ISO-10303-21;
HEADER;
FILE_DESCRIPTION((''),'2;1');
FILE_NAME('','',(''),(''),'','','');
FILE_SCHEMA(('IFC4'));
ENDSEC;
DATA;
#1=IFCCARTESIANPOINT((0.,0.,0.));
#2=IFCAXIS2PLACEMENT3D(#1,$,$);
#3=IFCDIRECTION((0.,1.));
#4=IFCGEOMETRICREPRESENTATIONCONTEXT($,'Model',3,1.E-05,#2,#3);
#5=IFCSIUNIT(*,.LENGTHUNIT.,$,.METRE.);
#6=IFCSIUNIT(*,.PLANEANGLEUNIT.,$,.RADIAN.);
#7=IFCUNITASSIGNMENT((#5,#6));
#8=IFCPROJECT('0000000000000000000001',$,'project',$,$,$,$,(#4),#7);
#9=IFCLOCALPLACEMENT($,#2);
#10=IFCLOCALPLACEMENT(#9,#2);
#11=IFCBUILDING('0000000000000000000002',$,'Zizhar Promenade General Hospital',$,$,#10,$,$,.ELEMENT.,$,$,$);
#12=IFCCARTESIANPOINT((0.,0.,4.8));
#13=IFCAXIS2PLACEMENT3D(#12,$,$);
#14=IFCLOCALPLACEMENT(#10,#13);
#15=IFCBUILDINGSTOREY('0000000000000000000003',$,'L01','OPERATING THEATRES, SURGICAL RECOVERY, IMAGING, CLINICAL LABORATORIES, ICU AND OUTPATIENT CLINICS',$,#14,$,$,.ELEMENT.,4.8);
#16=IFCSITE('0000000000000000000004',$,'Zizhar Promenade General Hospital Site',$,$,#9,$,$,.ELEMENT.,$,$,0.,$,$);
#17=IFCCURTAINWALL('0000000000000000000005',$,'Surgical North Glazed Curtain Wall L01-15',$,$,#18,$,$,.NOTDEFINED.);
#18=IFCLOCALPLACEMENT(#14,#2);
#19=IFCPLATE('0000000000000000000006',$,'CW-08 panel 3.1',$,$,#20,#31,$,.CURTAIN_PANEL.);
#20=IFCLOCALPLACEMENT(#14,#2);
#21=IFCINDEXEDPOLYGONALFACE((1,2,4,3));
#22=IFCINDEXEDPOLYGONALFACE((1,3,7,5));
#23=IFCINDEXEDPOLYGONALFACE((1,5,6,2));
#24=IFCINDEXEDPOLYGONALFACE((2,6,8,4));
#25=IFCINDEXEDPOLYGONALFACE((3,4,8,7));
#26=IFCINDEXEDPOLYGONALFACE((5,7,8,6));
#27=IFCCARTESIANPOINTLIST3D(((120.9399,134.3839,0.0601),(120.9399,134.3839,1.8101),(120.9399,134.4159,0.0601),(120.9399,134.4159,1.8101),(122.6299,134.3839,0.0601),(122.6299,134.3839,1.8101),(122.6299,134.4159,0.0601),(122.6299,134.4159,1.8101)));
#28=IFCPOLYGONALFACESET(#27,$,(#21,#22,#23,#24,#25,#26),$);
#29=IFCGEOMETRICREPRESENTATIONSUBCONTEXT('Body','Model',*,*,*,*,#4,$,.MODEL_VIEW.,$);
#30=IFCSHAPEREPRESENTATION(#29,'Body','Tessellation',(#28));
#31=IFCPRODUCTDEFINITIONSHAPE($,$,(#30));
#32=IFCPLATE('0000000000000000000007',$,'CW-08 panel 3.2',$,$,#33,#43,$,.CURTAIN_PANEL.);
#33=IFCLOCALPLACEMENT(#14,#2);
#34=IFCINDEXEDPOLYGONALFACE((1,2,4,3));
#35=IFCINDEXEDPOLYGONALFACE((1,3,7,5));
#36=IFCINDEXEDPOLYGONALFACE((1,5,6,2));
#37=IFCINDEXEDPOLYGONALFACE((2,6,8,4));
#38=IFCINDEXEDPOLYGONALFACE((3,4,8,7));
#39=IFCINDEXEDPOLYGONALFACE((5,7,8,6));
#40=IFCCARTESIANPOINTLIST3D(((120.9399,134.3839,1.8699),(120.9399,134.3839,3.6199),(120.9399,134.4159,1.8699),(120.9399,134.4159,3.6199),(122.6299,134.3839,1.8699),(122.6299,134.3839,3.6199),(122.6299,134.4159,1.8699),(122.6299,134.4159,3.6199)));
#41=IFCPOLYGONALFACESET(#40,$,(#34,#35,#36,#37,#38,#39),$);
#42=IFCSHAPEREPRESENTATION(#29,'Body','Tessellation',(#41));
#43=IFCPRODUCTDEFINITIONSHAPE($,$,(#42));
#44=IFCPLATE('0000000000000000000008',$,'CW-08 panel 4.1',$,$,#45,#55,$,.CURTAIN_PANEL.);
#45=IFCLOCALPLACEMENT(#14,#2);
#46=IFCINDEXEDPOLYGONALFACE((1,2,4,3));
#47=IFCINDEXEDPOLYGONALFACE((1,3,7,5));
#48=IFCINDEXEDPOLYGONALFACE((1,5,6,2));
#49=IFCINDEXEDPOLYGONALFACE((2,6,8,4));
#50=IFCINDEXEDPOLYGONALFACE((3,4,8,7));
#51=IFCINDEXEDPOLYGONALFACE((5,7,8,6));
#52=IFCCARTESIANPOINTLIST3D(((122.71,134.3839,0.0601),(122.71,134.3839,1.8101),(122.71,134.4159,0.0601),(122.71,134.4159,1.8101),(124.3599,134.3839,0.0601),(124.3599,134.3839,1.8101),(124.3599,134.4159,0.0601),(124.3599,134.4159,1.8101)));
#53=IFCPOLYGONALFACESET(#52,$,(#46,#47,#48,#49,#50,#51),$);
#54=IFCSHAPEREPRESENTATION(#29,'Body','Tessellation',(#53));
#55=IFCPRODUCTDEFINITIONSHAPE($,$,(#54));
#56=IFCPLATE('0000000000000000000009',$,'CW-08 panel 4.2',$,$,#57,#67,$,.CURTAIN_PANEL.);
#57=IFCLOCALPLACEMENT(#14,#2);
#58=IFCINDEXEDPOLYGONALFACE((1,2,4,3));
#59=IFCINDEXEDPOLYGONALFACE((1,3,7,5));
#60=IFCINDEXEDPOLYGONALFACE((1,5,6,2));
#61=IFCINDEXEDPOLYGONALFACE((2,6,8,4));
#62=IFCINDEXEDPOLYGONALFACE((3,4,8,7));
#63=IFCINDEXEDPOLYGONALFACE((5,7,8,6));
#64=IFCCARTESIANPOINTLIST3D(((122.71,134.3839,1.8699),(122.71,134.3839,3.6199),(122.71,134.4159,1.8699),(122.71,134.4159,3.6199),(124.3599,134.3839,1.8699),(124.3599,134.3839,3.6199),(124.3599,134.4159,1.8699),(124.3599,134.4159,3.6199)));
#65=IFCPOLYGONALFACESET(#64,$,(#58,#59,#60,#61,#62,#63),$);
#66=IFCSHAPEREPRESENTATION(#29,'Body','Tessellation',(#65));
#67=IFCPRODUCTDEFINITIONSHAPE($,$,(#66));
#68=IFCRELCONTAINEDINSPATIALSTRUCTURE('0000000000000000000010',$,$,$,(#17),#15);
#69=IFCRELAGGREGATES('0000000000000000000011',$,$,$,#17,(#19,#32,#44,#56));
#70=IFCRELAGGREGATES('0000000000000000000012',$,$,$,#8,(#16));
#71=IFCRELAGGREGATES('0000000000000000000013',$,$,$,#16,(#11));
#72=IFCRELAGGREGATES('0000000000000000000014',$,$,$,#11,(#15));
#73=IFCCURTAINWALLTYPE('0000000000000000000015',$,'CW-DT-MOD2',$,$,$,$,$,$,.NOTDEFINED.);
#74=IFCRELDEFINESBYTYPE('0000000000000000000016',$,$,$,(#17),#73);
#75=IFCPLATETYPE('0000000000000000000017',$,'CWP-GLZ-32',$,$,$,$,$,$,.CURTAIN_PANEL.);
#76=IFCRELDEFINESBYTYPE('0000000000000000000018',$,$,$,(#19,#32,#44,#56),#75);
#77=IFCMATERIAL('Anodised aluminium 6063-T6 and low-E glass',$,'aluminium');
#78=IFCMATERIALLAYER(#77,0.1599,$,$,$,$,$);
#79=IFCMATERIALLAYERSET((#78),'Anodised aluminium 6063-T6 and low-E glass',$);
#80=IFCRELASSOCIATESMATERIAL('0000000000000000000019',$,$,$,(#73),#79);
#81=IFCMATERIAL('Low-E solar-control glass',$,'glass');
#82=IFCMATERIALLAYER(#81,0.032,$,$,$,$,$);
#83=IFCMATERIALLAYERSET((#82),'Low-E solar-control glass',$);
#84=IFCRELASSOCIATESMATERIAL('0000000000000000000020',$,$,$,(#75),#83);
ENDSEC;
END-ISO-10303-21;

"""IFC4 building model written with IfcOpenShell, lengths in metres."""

from ifc_helpers import new_model, si_unit, direction, frame, origin, origin_2d, place, context, subcontext, project, spatial, rectangle, extrude, material, layer, layer_set, type_object, element, aggregate, save


model = new_model("IFC4")

# Units and contexts
model_context = context("Model", 3, precision=1e-05, world=origin(), true_north=direction((0.0, 1.0)))
body_context = subcontext(model_context, "Body", "Model", "MODEL_VIEW")
ifc_project = project(units=[si_unit("LENGTHUNIT", "METRE"), si_unit("PLANEANGLEUNIT", "RADIAN")], contexts=[model_context])

# Site, building, storey
site_placement = place(None, origin())
site = spatial("IfcSite", under=ifc_project, at=site_placement, Name="Zizhar Promenade General Hospital Site", CompositionType="ELEMENT", RefElevation=0.0)
building_placement = place(site_placement, origin())
building = spatial("IfcBuilding", under=site, at=building_placement, Name="Zizhar Promenade General Hospital", CompositionType="ELEMENT")
storey_placement = place(building_placement, frame((0.0, 0.0, 4.8)))
storey = spatial("IfcBuildingStorey", under=building, at=storey_placement, Name="L01", Description="OPERATING THEATRES, SURGICAL RECOVERY, IMAGING, CLINICAL LABORATORIES, ICU AND OUTPATIENT CLINICS", CompositionType="ELEMENT", Elevation=4.8)

# Curtain wall, plates
ifc_material_1 = material(Name="Anodised aluminium 6063-T6 and low-E glass", Category="aluminium")
ifc_layer_1 = layer(ifc_material_1, 0.1599)
ifc_layer_set_1 = layer_set([ifc_layer_1], Name="Anodised aluminium 6063-T6 and low-E glass")
curtain_wall_type = type_object("IfcCurtainWallType", Name="CW-DT-MOD2", PredefinedType="NOTDEFINED", material=ifc_layer_set_1)
curtain_wall_placement = place(storey_placement, origin())
curtain_wall = element("IfcCurtainWall", 1, at=curtain_wall_placement, inside=storey, type_object=curtain_wall_type, Name="Surgical North Glazed Curtain Wall L01-15", PredefinedType="NOTDEFINED")
ifc_material_2 = material(Name="Low-E solar-control glass", Category="glass")
ifc_layer_2 = layer(ifc_material_2, 0.032)
ifc_layer_set_2 = layer_set([ifc_layer_2], Name="Low-E solar-control glass")
plate_type = type_object("IfcPlateType", Name="CWP-GLZ-32", PredefinedType="CURTAIN_PANEL", material=ifc_layer_set_2)
plate_1_placement = place(storey_placement, frame((121.7849, 134.3999, 0.0601), z_axis=(0.0, 0.0, 1.0), x_axis=(1.0, 0.0, 0.0)))
plate_1 = element("IfcPlate", 2, at=plate_1_placement, type_object=plate_type, Name="CW-08 panel 3.1", PredefinedType="CURTAIN_PANEL", context=body_context, shape_type="SweptSolid", body=[
    extrude(rectangle(XDim=1.6899, YDim=0.032, at=origin_2d()), origin(), (0.0, 0.0, 1.0), 1.75),
])
plate_2_placement = place(storey_placement, frame((121.7849, 134.3999, 1.8699), z_axis=(0.0, 0.0, 1.0), x_axis=(1.0, 0.0, 0.0)))
plate_2 = element("IfcPlate", 3, at=plate_2_placement, type_object=plate_type, Name="CW-08 panel 3.2", PredefinedType="CURTAIN_PANEL", context=body_context, shape_type="SweptSolid", body=[
    extrude(rectangle(XDim=1.6899, YDim=0.032, at=origin_2d()), origin(), (0.0, 0.0, 1.0), 1.75),
])
plate_3_placement = place(storey_placement, frame((123.5349, 134.3999, 0.0601), z_axis=(0.0, 0.0, 1.0), x_axis=(1.0, 0.0, 0.0)))
plate_3 = element("IfcPlate", 4, at=plate_3_placement, type_object=plate_type, Name="CW-08 panel 4.1", PredefinedType="CURTAIN_PANEL", context=body_context, shape_type="SweptSolid", body=[
    extrude(rectangle(XDim=1.6499, YDim=0.032, at=origin_2d()), origin(), (0.0, 0.0, 1.0), 1.75),
])
plate_4_placement = place(storey_placement, frame((123.5349, 134.3999, 1.8699), z_axis=(0.0, 0.0, 1.0), x_axis=(1.0, 0.0, 0.0)))
plate_4 = element("IfcPlate", 5, at=plate_4_placement, type_object=plate_type, Name="CW-08 panel 4.2", PredefinedType="CURTAIN_PANEL", context=body_context, shape_type="SweptSolid", body=[
    extrude(rectangle(XDim=1.6499, YDim=0.032, at=origin_2d()), origin(), (0.0, 0.0, 1.0), 1.75),
])
aggregate(curtain_wall, [plate_1, plate_2, plate_3, plate_4])

save(model, "model.ifc")
